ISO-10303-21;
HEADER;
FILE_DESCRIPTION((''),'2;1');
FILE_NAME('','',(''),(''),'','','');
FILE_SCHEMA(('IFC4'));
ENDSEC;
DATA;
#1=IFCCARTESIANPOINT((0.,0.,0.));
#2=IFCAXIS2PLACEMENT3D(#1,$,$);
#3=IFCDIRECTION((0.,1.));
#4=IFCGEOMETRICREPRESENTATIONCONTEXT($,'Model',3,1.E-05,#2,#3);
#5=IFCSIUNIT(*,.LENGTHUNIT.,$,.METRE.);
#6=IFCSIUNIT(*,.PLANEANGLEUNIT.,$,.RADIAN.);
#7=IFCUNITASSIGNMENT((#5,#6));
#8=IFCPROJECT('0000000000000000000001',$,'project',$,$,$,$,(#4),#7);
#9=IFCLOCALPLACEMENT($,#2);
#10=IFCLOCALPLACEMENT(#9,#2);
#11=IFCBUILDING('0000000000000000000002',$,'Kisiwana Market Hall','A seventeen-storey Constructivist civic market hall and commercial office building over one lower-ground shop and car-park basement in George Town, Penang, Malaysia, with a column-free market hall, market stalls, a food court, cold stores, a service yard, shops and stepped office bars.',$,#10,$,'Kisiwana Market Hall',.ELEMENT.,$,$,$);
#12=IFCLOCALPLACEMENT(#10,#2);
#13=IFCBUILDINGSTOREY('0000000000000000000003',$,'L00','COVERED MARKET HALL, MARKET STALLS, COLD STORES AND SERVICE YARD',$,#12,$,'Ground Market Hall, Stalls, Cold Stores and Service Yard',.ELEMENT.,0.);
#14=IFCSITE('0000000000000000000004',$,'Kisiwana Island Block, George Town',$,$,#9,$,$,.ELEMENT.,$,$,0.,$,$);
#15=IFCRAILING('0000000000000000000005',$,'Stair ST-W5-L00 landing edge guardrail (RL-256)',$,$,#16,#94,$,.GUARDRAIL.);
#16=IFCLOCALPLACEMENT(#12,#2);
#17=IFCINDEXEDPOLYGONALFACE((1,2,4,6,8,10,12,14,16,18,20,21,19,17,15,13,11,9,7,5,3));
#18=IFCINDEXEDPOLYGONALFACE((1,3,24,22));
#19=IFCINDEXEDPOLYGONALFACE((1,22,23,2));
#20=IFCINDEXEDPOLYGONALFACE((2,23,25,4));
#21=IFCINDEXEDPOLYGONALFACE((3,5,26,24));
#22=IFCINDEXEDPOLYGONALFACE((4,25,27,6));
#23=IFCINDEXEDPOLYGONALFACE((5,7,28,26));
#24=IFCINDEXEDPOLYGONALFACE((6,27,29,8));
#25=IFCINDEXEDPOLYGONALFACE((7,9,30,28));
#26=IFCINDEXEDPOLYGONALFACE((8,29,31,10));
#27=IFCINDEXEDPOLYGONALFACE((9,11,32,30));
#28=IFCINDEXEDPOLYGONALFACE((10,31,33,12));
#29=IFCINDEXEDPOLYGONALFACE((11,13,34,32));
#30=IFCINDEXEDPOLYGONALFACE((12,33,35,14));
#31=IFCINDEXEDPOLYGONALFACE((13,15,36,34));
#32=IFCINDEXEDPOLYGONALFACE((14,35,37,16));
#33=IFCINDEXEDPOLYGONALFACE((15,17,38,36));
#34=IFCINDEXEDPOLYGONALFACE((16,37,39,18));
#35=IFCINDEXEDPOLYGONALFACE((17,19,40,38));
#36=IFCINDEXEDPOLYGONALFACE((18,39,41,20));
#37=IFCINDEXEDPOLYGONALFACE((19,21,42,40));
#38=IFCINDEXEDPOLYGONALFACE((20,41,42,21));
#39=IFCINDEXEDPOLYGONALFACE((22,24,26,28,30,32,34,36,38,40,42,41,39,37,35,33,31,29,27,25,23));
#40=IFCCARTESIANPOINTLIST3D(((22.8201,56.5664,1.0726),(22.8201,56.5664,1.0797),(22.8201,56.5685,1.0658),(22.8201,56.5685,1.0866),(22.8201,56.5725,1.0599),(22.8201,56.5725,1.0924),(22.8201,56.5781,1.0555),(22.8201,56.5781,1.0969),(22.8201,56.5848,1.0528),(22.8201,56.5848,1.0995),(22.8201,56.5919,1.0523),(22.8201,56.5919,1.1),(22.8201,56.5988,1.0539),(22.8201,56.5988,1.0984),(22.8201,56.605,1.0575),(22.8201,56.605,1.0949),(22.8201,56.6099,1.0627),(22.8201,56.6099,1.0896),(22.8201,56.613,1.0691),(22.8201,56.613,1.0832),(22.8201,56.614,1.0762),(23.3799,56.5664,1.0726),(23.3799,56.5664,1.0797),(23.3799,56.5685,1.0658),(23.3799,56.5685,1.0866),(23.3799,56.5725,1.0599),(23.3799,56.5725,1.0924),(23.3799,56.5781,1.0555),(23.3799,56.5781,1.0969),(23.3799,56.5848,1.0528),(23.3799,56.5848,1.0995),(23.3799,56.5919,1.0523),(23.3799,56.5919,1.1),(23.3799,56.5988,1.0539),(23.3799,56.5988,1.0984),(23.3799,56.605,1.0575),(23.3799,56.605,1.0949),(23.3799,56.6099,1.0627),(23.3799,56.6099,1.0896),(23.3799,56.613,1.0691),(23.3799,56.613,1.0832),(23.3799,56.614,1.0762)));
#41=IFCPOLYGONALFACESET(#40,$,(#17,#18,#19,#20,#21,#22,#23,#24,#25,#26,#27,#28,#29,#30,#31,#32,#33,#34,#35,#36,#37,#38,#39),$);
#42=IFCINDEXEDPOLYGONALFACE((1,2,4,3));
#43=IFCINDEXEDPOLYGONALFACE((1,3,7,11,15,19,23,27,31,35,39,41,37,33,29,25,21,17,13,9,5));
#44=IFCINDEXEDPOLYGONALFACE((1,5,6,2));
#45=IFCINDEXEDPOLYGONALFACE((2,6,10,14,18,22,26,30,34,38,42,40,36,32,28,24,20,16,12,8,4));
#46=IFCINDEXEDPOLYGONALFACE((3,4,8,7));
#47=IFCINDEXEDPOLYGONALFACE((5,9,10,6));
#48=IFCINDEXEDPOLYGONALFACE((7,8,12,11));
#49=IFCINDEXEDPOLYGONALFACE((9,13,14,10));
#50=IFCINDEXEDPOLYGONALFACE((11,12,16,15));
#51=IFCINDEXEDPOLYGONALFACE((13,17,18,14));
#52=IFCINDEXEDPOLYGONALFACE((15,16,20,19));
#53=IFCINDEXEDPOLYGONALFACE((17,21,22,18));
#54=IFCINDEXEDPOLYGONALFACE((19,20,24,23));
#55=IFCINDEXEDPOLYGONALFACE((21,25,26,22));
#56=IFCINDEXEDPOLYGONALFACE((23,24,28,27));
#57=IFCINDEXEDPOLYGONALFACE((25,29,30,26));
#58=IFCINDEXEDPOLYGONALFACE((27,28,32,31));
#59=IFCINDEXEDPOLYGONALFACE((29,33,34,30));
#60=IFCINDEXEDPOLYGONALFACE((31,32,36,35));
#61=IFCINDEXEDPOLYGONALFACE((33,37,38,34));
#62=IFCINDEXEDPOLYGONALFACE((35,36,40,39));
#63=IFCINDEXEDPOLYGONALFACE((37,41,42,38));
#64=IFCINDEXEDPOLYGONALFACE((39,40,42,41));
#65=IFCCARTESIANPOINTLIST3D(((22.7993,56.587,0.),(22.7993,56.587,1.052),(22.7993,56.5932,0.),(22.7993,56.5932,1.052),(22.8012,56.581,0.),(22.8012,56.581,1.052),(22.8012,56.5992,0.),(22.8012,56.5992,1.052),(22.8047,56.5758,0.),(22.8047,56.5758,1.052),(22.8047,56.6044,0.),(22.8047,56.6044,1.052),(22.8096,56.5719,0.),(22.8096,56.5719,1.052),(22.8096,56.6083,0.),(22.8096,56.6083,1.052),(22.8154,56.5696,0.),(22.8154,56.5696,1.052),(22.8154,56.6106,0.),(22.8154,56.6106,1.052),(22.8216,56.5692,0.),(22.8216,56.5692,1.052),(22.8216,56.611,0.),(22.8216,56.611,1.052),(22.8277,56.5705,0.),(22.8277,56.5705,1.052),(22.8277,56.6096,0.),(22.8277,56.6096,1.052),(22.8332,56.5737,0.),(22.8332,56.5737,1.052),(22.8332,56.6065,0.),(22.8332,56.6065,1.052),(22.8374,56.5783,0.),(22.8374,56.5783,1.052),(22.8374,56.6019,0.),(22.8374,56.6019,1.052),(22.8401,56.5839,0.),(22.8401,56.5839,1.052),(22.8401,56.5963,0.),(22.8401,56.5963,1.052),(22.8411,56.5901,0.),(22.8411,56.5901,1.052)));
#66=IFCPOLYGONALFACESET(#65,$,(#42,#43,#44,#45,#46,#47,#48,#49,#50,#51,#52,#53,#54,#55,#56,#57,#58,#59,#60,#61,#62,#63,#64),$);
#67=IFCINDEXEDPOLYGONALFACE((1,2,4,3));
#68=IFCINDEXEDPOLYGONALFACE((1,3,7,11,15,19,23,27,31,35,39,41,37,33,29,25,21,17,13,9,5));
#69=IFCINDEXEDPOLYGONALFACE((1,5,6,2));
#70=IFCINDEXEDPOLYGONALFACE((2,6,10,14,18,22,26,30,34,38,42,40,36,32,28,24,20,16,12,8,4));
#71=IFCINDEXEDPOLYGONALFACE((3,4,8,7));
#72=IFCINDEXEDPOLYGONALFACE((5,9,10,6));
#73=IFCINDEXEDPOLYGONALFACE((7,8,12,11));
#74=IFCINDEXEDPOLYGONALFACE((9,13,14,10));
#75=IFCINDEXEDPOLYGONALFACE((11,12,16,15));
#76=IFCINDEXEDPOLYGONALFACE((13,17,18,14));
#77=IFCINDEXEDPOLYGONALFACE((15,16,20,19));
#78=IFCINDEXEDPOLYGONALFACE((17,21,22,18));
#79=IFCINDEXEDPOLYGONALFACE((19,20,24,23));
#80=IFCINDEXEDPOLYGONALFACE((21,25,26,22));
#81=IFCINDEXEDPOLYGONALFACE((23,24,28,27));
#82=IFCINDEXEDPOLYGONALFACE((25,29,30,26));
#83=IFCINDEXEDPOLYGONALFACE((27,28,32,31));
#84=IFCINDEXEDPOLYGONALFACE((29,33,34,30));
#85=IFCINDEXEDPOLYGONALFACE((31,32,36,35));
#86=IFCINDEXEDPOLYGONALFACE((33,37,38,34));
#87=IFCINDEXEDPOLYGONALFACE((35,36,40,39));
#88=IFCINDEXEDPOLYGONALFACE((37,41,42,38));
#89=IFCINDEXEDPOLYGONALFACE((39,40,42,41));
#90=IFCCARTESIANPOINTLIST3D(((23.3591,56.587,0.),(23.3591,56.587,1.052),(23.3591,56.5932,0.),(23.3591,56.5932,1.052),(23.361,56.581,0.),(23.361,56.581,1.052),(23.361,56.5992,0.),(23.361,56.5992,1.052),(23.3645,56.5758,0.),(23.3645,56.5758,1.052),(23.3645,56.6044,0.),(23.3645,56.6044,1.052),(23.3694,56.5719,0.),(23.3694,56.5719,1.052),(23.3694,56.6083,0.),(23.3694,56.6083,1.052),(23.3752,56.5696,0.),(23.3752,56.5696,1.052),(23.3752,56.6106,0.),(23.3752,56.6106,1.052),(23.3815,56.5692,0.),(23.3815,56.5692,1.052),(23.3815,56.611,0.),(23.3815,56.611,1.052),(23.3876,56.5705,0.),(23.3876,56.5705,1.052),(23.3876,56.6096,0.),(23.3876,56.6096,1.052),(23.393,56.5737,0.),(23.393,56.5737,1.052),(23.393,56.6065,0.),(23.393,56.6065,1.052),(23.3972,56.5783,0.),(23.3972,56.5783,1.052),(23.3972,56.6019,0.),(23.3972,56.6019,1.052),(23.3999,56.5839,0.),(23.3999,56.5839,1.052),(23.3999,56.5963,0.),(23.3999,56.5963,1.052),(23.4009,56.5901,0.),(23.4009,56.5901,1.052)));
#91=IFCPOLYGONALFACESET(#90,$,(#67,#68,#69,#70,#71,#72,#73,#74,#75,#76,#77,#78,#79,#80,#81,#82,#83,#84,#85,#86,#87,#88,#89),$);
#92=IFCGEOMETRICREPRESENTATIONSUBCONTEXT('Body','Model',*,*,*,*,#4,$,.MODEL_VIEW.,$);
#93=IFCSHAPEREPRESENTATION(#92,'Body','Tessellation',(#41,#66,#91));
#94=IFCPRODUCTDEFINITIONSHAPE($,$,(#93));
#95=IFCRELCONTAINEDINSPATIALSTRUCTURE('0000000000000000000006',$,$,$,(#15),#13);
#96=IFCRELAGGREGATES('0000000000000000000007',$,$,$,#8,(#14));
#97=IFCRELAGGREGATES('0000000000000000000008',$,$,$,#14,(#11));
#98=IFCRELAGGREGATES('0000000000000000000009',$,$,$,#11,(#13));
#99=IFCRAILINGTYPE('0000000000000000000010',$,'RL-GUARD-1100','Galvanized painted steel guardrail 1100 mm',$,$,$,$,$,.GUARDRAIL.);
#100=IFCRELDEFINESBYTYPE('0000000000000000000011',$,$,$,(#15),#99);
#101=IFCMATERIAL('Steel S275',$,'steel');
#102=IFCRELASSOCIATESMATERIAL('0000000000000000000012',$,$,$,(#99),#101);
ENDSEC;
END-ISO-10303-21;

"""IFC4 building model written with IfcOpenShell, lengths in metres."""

from ifc_helpers import new_model, si_unit, direction, frame, origin, origin_2d, place, context, subcontext, project, spatial, circle, extrude, material, type_object, element, save


model = new_model("IFC4")

# Units and contexts
model_context = context("Model", 3, precision=1e-05, world=origin(), true_north=direction((0.0, 1.0)))
body_context = subcontext(model_context, "Body", "Model", "MODEL_VIEW")
ifc_project = project(units=[si_unit("LENGTHUNIT", "METRE"), si_unit("PLANEANGLEUNIT", "RADIAN")], contexts=[model_context])

# Site, building, storey
site_placement = place(None, origin())
site = spatial("IfcSite", under=ifc_project, at=site_placement, Name="Kisiwana Island Block, George Town", CompositionType="ELEMENT", RefElevation=0.0)
building_placement = place(site_placement, origin())
building = spatial("IfcBuilding", under=site, at=building_placement, Name="Kisiwana Market Hall", Description="A seventeen-storey Constructivist civic market hall and commercial office building over one lower-ground shop and car-park basement in George Town, Penang, Malaysia, with a column-free market hall, market stalls, a food court, cold stores, a service yard, shops and stepped office bars.", LongName="Kisiwana Market Hall", CompositionType="ELEMENT")
storey_placement = place(building_placement, origin())
storey = spatial("IfcBuildingStorey", under=building, at=storey_placement, Name="L00", Description="COVERED MARKET HALL, MARKET STALLS, COLD STORES AND SERVICE YARD", LongName="Ground Market Hall, Stalls, Cold Stores and Service Yard", CompositionType="ELEMENT", Elevation=0.0)

# Railing
ifc_material_1 = material(Name="Steel S275", Category="steel")
railing_type_1 = type_object("IfcRailingType", Name="RL-GUARD-1100", Description="Galvanized painted steel guardrail 1100 mm", PredefinedType="GUARDRAIL", material=ifc_material_1)
railing_1_placement = place(storey_placement, frame((22.8201, 56.5901, 0.0)))
element("IfcRailing", 1, at=railing_1_placement, inside=storey, type_object=railing_type_1, Name="Stair ST-W5-L00 landing edge guardrail (RL-256)", PredefinedType="GUARDRAIL", context=body_context, shape_type="SweptSolid", body=[
    extrude(circle(Radius=0.0239, at=origin_2d()), frame((0.0, 0.0, 1.0762), z_axis=(1.0, 0.0, 0.0), x_axis=(0.0, 1.0, 0.0)), (0.0, 0.0, 1.0), 0.5598),
    extrude(circle(Radius=0.021, at=origin_2d()), origin(), (0.0, 0.0, 1.0), 1.052),
    extrude(circle(Radius=0.021, at=origin_2d()), frame((0.5598, 0.0, 0.0)), (0.0, 0.0, 1.0), 1.052),
])

save(model, "model.ifc")
